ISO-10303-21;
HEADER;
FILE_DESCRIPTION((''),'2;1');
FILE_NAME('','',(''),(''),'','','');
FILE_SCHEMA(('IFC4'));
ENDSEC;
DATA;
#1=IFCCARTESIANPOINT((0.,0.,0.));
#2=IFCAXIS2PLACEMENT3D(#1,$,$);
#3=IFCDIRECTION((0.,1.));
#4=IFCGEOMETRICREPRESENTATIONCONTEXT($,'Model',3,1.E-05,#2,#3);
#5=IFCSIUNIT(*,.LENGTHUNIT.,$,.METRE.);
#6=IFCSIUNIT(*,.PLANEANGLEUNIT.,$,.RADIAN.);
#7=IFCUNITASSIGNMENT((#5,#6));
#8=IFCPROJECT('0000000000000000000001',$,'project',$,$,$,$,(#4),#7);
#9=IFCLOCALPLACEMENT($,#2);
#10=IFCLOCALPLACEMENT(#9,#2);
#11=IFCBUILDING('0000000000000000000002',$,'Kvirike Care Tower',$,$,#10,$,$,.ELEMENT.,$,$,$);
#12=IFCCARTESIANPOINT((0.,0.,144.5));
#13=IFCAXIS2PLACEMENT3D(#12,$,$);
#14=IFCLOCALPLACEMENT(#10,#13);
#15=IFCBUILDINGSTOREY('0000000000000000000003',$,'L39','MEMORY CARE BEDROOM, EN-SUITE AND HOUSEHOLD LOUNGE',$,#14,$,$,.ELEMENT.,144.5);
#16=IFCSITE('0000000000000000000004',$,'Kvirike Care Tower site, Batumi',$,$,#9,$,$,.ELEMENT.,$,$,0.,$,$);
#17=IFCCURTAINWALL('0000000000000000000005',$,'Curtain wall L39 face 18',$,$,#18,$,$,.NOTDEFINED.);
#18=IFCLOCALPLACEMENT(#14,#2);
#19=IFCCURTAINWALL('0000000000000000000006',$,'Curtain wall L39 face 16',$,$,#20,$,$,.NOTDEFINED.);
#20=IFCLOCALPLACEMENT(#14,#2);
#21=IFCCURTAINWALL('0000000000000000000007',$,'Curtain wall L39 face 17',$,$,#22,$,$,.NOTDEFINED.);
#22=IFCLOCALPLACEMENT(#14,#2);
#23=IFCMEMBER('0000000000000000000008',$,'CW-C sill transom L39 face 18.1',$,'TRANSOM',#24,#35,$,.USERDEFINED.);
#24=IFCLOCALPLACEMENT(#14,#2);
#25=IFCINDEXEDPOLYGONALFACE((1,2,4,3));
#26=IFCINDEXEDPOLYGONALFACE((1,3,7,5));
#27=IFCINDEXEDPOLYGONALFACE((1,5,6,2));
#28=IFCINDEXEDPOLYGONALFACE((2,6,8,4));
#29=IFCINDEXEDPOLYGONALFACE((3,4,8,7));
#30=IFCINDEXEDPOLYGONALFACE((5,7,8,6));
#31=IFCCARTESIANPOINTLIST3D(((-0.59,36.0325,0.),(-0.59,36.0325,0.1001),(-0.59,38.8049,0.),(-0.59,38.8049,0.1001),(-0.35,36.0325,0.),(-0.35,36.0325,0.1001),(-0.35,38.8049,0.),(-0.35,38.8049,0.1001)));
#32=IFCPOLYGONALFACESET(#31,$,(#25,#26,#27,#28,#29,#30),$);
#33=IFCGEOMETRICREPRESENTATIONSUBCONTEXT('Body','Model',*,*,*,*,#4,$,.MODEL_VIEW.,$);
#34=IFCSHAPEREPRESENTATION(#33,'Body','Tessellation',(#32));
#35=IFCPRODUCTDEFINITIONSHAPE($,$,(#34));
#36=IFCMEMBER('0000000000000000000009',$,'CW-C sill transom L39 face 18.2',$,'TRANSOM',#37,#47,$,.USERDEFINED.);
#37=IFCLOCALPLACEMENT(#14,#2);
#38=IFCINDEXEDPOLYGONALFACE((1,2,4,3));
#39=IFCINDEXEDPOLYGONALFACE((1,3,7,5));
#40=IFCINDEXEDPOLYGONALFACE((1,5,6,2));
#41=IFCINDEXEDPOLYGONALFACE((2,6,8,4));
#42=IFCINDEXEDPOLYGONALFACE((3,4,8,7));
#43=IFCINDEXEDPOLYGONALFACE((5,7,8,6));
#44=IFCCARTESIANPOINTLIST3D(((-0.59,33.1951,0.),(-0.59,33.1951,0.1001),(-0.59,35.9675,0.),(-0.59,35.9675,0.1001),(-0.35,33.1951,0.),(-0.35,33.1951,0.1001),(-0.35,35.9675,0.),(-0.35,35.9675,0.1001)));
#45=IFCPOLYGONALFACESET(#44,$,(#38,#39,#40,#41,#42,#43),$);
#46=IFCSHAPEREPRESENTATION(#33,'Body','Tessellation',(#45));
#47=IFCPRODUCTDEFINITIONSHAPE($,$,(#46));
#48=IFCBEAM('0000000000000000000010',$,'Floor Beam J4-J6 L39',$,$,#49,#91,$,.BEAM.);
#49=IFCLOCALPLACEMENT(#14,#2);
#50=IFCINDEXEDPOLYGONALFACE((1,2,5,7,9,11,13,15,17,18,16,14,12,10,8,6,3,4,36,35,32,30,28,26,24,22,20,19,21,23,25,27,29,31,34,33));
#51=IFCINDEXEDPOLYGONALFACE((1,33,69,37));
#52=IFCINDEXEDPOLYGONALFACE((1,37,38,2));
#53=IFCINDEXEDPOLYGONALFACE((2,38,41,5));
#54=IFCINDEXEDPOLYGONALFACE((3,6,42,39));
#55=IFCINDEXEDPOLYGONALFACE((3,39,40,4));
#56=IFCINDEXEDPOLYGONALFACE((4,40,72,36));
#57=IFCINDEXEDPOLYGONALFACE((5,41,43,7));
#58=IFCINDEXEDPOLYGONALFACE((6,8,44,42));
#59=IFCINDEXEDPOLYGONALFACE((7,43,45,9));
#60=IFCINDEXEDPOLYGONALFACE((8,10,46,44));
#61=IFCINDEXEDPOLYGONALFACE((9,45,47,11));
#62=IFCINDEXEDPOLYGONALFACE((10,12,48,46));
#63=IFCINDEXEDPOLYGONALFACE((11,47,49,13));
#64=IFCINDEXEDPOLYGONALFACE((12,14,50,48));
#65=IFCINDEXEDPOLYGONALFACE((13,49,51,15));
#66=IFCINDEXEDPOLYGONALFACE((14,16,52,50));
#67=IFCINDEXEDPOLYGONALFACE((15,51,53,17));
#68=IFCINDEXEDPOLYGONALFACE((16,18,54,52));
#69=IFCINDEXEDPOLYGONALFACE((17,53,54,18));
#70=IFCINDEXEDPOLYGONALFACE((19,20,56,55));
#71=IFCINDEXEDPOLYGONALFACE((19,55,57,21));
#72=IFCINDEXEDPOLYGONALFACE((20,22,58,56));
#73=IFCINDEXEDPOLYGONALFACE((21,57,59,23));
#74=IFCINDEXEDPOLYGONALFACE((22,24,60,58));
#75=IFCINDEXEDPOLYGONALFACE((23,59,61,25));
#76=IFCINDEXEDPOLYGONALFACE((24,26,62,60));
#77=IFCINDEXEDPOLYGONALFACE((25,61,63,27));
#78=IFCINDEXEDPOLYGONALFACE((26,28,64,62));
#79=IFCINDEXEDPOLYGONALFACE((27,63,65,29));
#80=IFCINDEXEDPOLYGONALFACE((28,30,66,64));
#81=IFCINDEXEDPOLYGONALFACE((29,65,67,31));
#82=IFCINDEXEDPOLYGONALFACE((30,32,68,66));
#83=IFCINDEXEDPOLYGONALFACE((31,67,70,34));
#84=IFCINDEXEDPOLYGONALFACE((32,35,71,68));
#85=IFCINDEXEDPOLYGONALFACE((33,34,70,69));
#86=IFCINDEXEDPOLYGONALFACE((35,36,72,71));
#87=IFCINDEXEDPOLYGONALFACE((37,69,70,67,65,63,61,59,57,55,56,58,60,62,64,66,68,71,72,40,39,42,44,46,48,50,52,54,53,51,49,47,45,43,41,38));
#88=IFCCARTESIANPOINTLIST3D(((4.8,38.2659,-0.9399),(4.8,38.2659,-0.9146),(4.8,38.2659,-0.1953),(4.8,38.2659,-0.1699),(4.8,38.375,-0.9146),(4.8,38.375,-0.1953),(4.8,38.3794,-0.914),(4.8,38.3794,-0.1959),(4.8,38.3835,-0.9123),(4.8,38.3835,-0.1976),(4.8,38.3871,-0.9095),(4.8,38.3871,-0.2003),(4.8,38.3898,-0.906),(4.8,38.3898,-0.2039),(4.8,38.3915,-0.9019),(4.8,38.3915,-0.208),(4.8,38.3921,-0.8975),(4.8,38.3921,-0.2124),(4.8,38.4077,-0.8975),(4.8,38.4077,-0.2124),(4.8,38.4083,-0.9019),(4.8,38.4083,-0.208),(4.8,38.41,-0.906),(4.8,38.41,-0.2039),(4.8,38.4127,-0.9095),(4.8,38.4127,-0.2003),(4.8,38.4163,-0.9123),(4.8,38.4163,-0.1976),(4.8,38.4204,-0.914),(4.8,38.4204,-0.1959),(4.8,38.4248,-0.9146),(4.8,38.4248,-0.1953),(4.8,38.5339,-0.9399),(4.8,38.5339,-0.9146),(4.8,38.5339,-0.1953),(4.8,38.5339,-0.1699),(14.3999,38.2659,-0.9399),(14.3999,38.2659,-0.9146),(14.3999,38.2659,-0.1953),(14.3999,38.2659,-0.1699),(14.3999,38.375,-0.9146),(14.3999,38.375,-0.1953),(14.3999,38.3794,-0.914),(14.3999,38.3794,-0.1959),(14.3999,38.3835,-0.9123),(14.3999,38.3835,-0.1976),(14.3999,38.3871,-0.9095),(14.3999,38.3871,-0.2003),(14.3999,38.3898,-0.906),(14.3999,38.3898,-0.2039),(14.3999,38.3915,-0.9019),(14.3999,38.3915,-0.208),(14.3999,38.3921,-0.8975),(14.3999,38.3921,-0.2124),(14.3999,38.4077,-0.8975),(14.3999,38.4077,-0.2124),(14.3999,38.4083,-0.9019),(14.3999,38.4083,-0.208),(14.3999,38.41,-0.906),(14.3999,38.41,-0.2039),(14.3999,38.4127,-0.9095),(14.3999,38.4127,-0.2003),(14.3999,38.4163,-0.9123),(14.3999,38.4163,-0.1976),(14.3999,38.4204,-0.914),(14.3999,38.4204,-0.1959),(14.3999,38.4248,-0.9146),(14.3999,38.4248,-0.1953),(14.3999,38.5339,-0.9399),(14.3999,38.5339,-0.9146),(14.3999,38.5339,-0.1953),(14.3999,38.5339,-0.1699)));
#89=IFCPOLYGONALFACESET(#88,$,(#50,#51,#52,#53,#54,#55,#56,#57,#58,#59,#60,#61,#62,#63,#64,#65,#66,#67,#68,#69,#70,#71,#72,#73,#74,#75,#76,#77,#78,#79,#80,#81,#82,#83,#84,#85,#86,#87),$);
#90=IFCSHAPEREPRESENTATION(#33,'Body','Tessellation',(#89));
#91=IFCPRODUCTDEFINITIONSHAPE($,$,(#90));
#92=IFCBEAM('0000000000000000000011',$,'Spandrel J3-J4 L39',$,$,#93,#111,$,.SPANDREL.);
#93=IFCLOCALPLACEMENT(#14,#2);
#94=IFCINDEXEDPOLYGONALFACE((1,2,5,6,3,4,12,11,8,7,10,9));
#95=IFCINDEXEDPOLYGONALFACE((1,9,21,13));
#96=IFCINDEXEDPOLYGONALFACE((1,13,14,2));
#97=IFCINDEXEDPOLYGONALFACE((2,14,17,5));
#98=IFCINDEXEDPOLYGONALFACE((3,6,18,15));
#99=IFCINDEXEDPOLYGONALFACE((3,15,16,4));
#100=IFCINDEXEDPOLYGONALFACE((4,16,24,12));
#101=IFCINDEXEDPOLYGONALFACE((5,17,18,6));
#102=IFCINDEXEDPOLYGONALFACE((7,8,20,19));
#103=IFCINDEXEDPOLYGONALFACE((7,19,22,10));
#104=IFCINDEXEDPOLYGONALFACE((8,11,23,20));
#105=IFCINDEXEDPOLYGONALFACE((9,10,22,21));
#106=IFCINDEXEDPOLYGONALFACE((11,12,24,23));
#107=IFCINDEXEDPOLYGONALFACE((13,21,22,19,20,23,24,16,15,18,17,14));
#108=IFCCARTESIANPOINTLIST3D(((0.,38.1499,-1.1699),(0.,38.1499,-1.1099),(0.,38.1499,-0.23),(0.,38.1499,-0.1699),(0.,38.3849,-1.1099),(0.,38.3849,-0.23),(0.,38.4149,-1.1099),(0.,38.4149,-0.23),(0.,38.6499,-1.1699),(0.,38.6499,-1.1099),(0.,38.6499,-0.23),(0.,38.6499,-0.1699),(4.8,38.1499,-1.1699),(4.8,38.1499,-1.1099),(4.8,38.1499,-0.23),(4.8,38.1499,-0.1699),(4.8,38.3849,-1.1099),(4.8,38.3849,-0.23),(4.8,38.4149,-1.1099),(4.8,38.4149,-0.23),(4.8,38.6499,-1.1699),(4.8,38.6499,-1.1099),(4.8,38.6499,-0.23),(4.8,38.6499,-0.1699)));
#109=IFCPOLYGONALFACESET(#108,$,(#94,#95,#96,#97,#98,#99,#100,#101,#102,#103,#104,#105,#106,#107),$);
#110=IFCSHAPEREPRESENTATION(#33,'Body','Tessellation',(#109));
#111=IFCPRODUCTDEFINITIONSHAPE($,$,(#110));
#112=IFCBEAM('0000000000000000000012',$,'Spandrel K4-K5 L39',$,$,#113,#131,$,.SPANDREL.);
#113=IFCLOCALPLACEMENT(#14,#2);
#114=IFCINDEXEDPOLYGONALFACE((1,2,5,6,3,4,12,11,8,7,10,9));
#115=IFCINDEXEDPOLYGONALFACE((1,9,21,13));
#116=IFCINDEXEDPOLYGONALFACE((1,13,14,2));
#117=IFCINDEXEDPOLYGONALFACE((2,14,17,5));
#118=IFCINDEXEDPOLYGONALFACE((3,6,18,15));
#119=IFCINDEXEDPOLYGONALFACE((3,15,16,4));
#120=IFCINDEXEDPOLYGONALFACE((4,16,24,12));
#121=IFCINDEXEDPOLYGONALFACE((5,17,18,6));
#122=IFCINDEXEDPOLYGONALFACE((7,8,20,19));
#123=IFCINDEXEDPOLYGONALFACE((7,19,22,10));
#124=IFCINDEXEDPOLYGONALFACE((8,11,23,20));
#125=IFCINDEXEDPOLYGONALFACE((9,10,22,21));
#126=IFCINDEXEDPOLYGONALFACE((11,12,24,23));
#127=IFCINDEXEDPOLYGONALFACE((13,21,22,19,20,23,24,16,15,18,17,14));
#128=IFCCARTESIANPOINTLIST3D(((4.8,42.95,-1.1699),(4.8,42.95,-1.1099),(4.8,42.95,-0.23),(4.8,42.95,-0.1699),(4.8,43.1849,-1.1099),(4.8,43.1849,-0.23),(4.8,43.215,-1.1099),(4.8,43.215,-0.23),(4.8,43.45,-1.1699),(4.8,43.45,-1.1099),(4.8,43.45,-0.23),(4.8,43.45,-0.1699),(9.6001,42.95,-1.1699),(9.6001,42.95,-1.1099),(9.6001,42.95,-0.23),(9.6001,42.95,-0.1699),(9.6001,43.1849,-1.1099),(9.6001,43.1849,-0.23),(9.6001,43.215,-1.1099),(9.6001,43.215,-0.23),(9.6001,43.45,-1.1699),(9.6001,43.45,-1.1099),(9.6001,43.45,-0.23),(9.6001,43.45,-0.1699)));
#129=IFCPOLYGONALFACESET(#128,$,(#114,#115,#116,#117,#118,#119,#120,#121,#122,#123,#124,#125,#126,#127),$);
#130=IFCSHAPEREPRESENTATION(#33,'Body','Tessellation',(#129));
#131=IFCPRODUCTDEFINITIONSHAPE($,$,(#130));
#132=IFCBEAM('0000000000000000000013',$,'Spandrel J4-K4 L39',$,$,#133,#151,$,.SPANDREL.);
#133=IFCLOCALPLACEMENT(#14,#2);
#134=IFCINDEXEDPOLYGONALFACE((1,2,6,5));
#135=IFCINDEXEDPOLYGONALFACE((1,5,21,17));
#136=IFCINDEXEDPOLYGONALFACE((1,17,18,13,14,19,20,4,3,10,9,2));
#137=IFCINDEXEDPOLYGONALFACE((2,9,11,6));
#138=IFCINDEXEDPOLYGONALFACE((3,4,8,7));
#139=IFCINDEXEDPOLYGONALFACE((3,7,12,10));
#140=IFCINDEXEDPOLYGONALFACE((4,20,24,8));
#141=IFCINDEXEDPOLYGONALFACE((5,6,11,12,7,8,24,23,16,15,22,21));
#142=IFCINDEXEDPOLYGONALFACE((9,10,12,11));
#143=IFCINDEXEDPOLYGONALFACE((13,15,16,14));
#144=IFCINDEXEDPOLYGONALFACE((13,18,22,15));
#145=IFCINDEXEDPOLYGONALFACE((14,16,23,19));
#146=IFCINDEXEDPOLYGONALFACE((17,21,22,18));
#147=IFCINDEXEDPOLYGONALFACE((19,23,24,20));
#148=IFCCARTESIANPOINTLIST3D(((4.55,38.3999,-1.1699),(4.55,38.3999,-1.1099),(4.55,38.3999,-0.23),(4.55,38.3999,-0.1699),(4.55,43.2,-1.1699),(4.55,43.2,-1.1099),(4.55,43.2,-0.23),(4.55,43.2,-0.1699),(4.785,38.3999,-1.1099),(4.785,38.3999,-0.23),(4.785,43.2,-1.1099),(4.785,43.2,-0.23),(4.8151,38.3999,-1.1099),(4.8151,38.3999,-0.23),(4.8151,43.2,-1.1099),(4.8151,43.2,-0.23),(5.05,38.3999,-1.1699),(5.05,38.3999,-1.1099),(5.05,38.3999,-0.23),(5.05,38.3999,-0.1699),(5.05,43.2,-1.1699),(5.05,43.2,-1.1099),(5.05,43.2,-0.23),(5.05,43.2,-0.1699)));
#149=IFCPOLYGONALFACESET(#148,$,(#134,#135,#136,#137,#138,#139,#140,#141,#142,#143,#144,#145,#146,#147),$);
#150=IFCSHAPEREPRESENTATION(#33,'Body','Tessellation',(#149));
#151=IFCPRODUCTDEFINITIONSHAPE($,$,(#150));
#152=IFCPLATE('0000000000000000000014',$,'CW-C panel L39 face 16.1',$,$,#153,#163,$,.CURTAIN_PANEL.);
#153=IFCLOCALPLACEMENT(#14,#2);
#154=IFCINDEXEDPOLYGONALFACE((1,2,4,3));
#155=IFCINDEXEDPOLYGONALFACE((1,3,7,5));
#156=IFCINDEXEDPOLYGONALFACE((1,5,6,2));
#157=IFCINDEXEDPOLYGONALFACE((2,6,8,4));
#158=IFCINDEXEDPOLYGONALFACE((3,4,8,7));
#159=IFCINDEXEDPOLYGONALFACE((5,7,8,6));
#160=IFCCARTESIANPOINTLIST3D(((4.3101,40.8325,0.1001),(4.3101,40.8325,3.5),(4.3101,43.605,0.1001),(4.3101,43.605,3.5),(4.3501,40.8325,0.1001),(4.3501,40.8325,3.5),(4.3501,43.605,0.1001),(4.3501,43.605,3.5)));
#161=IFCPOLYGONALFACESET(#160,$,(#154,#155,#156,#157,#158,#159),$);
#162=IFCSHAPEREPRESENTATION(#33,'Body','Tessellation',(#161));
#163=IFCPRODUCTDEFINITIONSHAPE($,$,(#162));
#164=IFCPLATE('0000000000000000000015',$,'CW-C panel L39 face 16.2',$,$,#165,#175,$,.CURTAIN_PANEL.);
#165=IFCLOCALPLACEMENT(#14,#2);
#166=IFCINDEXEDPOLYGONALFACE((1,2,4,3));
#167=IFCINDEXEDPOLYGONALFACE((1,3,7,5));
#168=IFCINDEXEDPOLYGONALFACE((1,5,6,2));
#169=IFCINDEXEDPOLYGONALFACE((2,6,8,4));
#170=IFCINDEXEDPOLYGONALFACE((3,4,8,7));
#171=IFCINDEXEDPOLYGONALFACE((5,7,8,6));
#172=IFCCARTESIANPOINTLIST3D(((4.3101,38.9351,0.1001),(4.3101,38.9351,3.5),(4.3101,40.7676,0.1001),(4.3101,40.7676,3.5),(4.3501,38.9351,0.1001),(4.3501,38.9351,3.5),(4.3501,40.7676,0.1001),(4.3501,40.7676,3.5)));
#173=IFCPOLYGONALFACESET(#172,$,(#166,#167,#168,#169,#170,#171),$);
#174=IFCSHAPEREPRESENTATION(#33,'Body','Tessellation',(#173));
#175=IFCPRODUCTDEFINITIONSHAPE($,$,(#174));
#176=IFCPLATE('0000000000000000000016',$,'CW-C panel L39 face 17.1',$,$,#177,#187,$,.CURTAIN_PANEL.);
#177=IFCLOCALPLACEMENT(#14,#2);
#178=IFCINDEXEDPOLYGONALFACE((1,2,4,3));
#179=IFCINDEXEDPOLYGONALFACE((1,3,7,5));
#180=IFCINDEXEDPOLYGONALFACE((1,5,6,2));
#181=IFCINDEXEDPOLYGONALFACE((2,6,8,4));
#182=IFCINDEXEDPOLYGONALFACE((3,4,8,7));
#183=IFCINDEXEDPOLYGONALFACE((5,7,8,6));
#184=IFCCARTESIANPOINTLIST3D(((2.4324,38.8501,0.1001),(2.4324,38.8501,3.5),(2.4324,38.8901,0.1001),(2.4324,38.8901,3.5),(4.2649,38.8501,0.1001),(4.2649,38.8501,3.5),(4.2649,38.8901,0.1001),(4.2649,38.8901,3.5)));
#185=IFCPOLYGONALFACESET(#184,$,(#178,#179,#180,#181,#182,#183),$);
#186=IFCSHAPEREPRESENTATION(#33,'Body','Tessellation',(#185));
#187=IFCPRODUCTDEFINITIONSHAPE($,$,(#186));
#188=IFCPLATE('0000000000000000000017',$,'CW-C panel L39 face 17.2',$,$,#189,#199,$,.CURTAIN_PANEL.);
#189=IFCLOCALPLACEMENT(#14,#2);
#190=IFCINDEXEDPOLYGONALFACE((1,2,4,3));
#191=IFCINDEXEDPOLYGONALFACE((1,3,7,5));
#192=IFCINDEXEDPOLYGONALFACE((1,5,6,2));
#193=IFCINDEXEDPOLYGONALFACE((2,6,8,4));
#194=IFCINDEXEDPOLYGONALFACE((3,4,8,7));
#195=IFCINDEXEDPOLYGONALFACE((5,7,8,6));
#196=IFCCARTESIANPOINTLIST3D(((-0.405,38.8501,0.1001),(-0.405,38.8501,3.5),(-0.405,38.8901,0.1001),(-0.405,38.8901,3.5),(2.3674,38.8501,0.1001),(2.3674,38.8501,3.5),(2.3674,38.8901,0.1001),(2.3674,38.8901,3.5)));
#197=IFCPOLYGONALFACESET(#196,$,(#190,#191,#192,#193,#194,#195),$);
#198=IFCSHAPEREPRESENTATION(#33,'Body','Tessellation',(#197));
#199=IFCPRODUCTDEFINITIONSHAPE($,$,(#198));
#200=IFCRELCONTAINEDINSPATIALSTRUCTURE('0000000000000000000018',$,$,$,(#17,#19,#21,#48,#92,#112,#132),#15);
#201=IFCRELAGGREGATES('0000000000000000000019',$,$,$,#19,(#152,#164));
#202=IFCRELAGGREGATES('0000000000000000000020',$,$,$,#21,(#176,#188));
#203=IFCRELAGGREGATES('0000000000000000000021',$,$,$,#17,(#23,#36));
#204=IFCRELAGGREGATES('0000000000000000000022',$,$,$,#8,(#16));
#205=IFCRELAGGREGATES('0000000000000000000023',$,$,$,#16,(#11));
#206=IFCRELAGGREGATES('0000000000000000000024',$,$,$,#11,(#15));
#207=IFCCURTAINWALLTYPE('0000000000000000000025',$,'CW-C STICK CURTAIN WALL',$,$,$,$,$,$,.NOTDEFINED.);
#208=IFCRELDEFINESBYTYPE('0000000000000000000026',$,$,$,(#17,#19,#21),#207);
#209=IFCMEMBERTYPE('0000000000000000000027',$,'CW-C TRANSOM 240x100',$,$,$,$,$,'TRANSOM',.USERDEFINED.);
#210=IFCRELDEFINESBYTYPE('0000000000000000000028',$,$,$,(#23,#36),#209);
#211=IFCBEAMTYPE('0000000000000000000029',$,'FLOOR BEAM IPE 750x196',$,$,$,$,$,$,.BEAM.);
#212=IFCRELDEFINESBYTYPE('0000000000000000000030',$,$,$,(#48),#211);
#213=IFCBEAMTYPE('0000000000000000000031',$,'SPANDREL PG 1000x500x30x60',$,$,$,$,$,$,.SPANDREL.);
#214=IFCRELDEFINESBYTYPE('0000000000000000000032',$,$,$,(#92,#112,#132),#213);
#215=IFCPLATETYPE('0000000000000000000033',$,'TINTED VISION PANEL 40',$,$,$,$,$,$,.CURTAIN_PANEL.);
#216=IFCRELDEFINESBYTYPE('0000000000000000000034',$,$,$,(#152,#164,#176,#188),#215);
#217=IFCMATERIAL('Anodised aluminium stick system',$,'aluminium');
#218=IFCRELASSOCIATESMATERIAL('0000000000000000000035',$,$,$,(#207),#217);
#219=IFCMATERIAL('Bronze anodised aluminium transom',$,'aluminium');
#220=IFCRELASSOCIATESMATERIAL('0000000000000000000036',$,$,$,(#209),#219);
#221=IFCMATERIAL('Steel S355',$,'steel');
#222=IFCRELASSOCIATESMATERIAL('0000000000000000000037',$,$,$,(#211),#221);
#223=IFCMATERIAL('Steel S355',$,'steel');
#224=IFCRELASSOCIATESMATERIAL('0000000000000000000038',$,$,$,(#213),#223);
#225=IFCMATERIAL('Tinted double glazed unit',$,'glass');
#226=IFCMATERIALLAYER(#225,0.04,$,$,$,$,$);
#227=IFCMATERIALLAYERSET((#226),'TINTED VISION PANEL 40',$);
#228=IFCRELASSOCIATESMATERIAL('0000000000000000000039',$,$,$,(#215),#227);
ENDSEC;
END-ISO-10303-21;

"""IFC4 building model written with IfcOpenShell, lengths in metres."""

from ifc_helpers import new_model, si_unit, direction, frame, origin, origin_2d, place, context, subcontext, project, spatial, rectangle, i_section, extrude, material, layer, layer_set, material_profile, profile_set, type_object, element, aggregate, save


model = new_model("IFC4")

# Units and contexts
model_context = context("Model", 3, precision=1e-05, world=origin(), true_north=direction((0.0, 1.0)))
body_context = subcontext(model_context, "Body", "Model", "MODEL_VIEW")
ifc_project = project(units=[si_unit("LENGTHUNIT", "METRE"), si_unit("PLANEANGLEUNIT", "RADIAN")], contexts=[model_context])

# Site, building, storey
site_placement = place(None, origin())
site = spatial("IfcSite", under=ifc_project, at=site_placement, Name="Kvirike Care Tower site, Batumi", CompositionType="ELEMENT", RefElevation=0.0)
building_placement = place(site_placement, origin())
building = spatial("IfcBuilding", under=site, at=building_placement, Name="Kvirike Care Tower", CompositionType="ELEMENT")
storey_placement = place(building_placement, frame((0.0, 0.0, 144.5)))
storey = spatial("IfcBuildingStorey", under=building, at=storey_placement, Name="L39", Description="MEMORY CARE BEDROOM, EN-SUITE AND HOUSEHOLD LOUNGE", CompositionType="ELEMENT", Elevation=144.5)

# Curtain wall
ifc_material_1 = material(Name="Anodised aluminium stick system", Category="aluminium")
curtain_wall_type = type_object("IfcCurtainWallType", Name="CW-C STICK CURTAIN WALL", PredefinedType="NOTDEFINED", material=ifc_material_1)
curtain_wall_1_placement = place(storey_placement, origin())
curtain_wall_1 = element("IfcCurtainWall", 1, at=curtain_wall_1_placement, inside=storey, type_object=curtain_wall_type, Name="Curtain wall L39 face 18", PredefinedType="NOTDEFINED")

# Curtain walls
curtain_wall_2_placement = place(storey_placement, origin())
curtain_wall_2 = element("IfcCurtainWall", 2, at=curtain_wall_2_placement, inside=storey, type_object=curtain_wall_type, Name="Curtain wall L39 face 16", PredefinedType="NOTDEFINED")
curtain_wall_3_placement = place(storey_placement, origin())
curtain_wall_3 = element("IfcCurtainWall", 3, at=curtain_wall_3_placement, inside=storey, type_object=curtain_wall_type, Name="Curtain wall L39 face 17", PredefinedType="NOTDEFINED")

# Members
ifc_material_2 = material(Name="Bronze anodised aluminium transom", Category="aluminium")
ifc_material_profile_1 = material_profile(ifc_material_2, rectangle(XDim=0.24, YDim=0.1001, at=origin_2d()), Name="CW-C TRANSOM 240x100")
ifc_profile_set_1 = profile_set([ifc_material_profile_1], Name="Bronze anodised aluminium transom")
member_type_1 = type_object("IfcMemberType", Name="CW-C TRANSOM 240x100", ElementType="TRANSOM", PredefinedType="USERDEFINED", material=ifc_profile_set_1)
member_1_placement = place(storey_placement, frame((-0.47, 38.8049, 0.05), z_axis=(0.0, -1.0, 0.0), x_axis=(1.0, 0.0, 0.0)))
member_1 = element("IfcMember", 4, at=member_1_placement, type_object=member_type_1, Name="CW-C sill transom L39 face 18.1", ObjectType="TRANSOM", PredefinedType="USERDEFINED", context=body_context, shape_type="SweptSolid", body=[
    extrude(rectangle(XDim=0.24, YDim=0.1001, at=origin_2d()), origin(), (0.0, 0.0, 1.0), 2.7725),
])
member_2_placement = place(storey_placement, frame((-0.47, 35.9675, 0.05), z_axis=(0.0, -1.0, 0.0), x_axis=(1.0, 0.0, 0.0)))
member_2 = element("IfcMember", 5, at=member_2_placement, type_object=member_type_1, Name="CW-C sill transom L39 face 18.2", ObjectType="TRANSOM", PredefinedType="USERDEFINED", context=body_context, shape_type="SweptSolid", body=[
    extrude(rectangle(XDim=0.24, YDim=0.1001, at=origin_2d()), origin(), (0.0, 0.0, 1.0), 2.7725),
])

# Beams
ifc_material_3 = material(Name="Steel S355", Category="steel")
ifc_material_profile_2 = material_profile(ifc_material_3, i_section(OverallWidth=0.2681, OverallDepth=0.77, WebThickness=0.0156, FlangeThickness=0.0254, FilletRadius=0.0171, at=origin_2d()), Name="IPE 750x196")
ifc_profile_set_2 = profile_set([ifc_material_profile_2], Name="Steel S355")
beam_type_1 = type_object("IfcBeamType", Name="FLOOR BEAM IPE 750x196", PredefinedType="BEAM", material=ifc_profile_set_2)
beam_placement = place(storey_placement, frame((4.8, 38.3999, -0.5549), z_axis=(1.0, 0.0, 0.0), x_axis=(0.0, 1.0, 0.0)))
element("IfcBeam", 6, at=beam_placement, inside=storey, type_object=beam_type_1, Name="Floor Beam J4-J6 L39", PredefinedType="BEAM", context=body_context, shape_type="SweptSolid", body=[
    extrude(i_section(OverallWidth=0.2681, OverallDepth=0.77, WebThickness=0.0156, FlangeThickness=0.0254, FilletRadius=0.0171, at=origin_2d()), origin(), (0.0, 0.0, 1.0), 9.5999),
])
ifc_material_4 = material(Name="Steel S355", Category="steel")
ifc_material_profile_3 = material_profile(ifc_material_4, i_section(OverallWidth=0.5, OverallDepth=1.0, WebThickness=0.03, FlangeThickness=0.0601, at=origin_2d()), Name="PG 1000x500x30x60")
ifc_profile_set_3 = profile_set([ifc_material_profile_3], Name="Steel S355")
beam_type_2 = type_object("IfcBeamType", Name="SPANDREL PG 1000x500x30x60", PredefinedType="SPANDREL", material=ifc_profile_set_3)
for number, where, z_axis, x_axis, name in (
    (7, (0.0, 38.3999, -0.6699), (1.0, 0.0, 0.0), (0.0, 1.0, 0.0), "Spandrel J3-J4 L39"),
    (8, (4.8, 43.2, -0.6699), (1.0, 0.0, 0.0), (0.0, 1.0, 0.0), "Spandrel K4-K5 L39"),
    (9, (4.8, 38.3999, -0.6699), (0.0, 1.0, 0.0), (-1.0, 0.0, 0.0), "Spandrel J4-K4 L39"),
):
    element("IfcBeam", number, at=place(storey_placement, frame(where, z_axis=z_axis, x_axis=x_axis)), inside=storey, type_object=beam_type_2, Name=name, PredefinedType="SPANDREL", context=body_context, shape_type="SweptSolid", body=[
        extrude(i_section(OverallWidth=0.5, OverallDepth=1.0, WebThickness=0.03, FlangeThickness=0.0601, at=origin_2d()), origin(), (0.0, 0.0, 1.0), 4.8),
    ])

# Plates
ifc_material_5 = material(Name="Tinted double glazed unit", Category="glass")
ifc_layer_1 = layer(ifc_material_5, 0.04)
ifc_layer_set_1 = layer_set([ifc_layer_1], Name="TINTED VISION PANEL 40")
plate_type = type_object("IfcPlateType", Name="TINTED VISION PANEL 40", PredefinedType="CURTAIN_PANEL", material=ifc_layer_set_1)
plate_1_placement = place(storey_placement, frame((4.3301, 42.2188, 0.1001), z_axis=(0.0, 0.0, 1.0), x_axis=(0.0, -1.0, 0.0)))
plate_1 = element("IfcPlate", 10, at=plate_1_placement, type_object=plate_type, Name="CW-C panel L39 face 16.1", PredefinedType="CURTAIN_PANEL", context=body_context, shape_type="SweptSolid", body=[
    extrude(rectangle(XDim=2.7725, YDim=0.04, at=origin_2d()), origin(), (0.0, 0.0, 1.0), 3.3999),
])
plate_2_placement = place(storey_placement, frame((4.3301, 39.8513, 0.1001), z_axis=(0.0, 0.0, 1.0), x_axis=(0.0, -1.0, 0.0)))
plate_2 = element("IfcPlate", 11, at=plate_2_placement, type_object=plate_type, Name="CW-C panel L39 face 16.2", PredefinedType="CURTAIN_PANEL", context=body_context, shape_type="SweptSolid", body=[
    extrude(rectangle(XDim=1.8325, YDim=0.04, at=origin_2d()), origin(), (0.0, 0.0, 1.0), 3.3999),
])
aggregate(curtain_wall_2, [plate_1, plate_2])
plate_3_placement = place(storey_placement, frame((3.3486, 38.8701, 0.1001), z_axis=(0.0, 0.0, 1.0), x_axis=(-1.0, 0.0, 0.0)))
plate_3 = element("IfcPlate", 12, at=plate_3_placement, type_object=plate_type, Name="CW-C panel L39 face 17.1", PredefinedType="CURTAIN_PANEL", context=body_context, shape_type="SweptSolid", body=[
    extrude(rectangle(XDim=1.8325, YDim=0.04, at=origin_2d()), origin(), (0.0, 0.0, 1.0), 3.3999),
])
plate_4_placement = place(storey_placement, frame((0.9812, 38.8701, 0.1001), z_axis=(0.0, 0.0, 1.0), x_axis=(-1.0, 0.0, 0.0)))
plate_4 = element("IfcPlate", 13, at=plate_4_placement, type_object=plate_type, Name="CW-C panel L39 face 17.2", PredefinedType="CURTAIN_PANEL", context=body_context, shape_type="SweptSolid", body=[
    extrude(rectangle(XDim=2.7725, YDim=0.04, at=origin_2d()), origin(), (0.0, 0.0, 1.0), 3.3999),
])
aggregate(curtain_wall_3, [plate_3, plate_4])
aggregate(curtain_wall_1, [member_1, member_2])

save(model, "model.ifc")
